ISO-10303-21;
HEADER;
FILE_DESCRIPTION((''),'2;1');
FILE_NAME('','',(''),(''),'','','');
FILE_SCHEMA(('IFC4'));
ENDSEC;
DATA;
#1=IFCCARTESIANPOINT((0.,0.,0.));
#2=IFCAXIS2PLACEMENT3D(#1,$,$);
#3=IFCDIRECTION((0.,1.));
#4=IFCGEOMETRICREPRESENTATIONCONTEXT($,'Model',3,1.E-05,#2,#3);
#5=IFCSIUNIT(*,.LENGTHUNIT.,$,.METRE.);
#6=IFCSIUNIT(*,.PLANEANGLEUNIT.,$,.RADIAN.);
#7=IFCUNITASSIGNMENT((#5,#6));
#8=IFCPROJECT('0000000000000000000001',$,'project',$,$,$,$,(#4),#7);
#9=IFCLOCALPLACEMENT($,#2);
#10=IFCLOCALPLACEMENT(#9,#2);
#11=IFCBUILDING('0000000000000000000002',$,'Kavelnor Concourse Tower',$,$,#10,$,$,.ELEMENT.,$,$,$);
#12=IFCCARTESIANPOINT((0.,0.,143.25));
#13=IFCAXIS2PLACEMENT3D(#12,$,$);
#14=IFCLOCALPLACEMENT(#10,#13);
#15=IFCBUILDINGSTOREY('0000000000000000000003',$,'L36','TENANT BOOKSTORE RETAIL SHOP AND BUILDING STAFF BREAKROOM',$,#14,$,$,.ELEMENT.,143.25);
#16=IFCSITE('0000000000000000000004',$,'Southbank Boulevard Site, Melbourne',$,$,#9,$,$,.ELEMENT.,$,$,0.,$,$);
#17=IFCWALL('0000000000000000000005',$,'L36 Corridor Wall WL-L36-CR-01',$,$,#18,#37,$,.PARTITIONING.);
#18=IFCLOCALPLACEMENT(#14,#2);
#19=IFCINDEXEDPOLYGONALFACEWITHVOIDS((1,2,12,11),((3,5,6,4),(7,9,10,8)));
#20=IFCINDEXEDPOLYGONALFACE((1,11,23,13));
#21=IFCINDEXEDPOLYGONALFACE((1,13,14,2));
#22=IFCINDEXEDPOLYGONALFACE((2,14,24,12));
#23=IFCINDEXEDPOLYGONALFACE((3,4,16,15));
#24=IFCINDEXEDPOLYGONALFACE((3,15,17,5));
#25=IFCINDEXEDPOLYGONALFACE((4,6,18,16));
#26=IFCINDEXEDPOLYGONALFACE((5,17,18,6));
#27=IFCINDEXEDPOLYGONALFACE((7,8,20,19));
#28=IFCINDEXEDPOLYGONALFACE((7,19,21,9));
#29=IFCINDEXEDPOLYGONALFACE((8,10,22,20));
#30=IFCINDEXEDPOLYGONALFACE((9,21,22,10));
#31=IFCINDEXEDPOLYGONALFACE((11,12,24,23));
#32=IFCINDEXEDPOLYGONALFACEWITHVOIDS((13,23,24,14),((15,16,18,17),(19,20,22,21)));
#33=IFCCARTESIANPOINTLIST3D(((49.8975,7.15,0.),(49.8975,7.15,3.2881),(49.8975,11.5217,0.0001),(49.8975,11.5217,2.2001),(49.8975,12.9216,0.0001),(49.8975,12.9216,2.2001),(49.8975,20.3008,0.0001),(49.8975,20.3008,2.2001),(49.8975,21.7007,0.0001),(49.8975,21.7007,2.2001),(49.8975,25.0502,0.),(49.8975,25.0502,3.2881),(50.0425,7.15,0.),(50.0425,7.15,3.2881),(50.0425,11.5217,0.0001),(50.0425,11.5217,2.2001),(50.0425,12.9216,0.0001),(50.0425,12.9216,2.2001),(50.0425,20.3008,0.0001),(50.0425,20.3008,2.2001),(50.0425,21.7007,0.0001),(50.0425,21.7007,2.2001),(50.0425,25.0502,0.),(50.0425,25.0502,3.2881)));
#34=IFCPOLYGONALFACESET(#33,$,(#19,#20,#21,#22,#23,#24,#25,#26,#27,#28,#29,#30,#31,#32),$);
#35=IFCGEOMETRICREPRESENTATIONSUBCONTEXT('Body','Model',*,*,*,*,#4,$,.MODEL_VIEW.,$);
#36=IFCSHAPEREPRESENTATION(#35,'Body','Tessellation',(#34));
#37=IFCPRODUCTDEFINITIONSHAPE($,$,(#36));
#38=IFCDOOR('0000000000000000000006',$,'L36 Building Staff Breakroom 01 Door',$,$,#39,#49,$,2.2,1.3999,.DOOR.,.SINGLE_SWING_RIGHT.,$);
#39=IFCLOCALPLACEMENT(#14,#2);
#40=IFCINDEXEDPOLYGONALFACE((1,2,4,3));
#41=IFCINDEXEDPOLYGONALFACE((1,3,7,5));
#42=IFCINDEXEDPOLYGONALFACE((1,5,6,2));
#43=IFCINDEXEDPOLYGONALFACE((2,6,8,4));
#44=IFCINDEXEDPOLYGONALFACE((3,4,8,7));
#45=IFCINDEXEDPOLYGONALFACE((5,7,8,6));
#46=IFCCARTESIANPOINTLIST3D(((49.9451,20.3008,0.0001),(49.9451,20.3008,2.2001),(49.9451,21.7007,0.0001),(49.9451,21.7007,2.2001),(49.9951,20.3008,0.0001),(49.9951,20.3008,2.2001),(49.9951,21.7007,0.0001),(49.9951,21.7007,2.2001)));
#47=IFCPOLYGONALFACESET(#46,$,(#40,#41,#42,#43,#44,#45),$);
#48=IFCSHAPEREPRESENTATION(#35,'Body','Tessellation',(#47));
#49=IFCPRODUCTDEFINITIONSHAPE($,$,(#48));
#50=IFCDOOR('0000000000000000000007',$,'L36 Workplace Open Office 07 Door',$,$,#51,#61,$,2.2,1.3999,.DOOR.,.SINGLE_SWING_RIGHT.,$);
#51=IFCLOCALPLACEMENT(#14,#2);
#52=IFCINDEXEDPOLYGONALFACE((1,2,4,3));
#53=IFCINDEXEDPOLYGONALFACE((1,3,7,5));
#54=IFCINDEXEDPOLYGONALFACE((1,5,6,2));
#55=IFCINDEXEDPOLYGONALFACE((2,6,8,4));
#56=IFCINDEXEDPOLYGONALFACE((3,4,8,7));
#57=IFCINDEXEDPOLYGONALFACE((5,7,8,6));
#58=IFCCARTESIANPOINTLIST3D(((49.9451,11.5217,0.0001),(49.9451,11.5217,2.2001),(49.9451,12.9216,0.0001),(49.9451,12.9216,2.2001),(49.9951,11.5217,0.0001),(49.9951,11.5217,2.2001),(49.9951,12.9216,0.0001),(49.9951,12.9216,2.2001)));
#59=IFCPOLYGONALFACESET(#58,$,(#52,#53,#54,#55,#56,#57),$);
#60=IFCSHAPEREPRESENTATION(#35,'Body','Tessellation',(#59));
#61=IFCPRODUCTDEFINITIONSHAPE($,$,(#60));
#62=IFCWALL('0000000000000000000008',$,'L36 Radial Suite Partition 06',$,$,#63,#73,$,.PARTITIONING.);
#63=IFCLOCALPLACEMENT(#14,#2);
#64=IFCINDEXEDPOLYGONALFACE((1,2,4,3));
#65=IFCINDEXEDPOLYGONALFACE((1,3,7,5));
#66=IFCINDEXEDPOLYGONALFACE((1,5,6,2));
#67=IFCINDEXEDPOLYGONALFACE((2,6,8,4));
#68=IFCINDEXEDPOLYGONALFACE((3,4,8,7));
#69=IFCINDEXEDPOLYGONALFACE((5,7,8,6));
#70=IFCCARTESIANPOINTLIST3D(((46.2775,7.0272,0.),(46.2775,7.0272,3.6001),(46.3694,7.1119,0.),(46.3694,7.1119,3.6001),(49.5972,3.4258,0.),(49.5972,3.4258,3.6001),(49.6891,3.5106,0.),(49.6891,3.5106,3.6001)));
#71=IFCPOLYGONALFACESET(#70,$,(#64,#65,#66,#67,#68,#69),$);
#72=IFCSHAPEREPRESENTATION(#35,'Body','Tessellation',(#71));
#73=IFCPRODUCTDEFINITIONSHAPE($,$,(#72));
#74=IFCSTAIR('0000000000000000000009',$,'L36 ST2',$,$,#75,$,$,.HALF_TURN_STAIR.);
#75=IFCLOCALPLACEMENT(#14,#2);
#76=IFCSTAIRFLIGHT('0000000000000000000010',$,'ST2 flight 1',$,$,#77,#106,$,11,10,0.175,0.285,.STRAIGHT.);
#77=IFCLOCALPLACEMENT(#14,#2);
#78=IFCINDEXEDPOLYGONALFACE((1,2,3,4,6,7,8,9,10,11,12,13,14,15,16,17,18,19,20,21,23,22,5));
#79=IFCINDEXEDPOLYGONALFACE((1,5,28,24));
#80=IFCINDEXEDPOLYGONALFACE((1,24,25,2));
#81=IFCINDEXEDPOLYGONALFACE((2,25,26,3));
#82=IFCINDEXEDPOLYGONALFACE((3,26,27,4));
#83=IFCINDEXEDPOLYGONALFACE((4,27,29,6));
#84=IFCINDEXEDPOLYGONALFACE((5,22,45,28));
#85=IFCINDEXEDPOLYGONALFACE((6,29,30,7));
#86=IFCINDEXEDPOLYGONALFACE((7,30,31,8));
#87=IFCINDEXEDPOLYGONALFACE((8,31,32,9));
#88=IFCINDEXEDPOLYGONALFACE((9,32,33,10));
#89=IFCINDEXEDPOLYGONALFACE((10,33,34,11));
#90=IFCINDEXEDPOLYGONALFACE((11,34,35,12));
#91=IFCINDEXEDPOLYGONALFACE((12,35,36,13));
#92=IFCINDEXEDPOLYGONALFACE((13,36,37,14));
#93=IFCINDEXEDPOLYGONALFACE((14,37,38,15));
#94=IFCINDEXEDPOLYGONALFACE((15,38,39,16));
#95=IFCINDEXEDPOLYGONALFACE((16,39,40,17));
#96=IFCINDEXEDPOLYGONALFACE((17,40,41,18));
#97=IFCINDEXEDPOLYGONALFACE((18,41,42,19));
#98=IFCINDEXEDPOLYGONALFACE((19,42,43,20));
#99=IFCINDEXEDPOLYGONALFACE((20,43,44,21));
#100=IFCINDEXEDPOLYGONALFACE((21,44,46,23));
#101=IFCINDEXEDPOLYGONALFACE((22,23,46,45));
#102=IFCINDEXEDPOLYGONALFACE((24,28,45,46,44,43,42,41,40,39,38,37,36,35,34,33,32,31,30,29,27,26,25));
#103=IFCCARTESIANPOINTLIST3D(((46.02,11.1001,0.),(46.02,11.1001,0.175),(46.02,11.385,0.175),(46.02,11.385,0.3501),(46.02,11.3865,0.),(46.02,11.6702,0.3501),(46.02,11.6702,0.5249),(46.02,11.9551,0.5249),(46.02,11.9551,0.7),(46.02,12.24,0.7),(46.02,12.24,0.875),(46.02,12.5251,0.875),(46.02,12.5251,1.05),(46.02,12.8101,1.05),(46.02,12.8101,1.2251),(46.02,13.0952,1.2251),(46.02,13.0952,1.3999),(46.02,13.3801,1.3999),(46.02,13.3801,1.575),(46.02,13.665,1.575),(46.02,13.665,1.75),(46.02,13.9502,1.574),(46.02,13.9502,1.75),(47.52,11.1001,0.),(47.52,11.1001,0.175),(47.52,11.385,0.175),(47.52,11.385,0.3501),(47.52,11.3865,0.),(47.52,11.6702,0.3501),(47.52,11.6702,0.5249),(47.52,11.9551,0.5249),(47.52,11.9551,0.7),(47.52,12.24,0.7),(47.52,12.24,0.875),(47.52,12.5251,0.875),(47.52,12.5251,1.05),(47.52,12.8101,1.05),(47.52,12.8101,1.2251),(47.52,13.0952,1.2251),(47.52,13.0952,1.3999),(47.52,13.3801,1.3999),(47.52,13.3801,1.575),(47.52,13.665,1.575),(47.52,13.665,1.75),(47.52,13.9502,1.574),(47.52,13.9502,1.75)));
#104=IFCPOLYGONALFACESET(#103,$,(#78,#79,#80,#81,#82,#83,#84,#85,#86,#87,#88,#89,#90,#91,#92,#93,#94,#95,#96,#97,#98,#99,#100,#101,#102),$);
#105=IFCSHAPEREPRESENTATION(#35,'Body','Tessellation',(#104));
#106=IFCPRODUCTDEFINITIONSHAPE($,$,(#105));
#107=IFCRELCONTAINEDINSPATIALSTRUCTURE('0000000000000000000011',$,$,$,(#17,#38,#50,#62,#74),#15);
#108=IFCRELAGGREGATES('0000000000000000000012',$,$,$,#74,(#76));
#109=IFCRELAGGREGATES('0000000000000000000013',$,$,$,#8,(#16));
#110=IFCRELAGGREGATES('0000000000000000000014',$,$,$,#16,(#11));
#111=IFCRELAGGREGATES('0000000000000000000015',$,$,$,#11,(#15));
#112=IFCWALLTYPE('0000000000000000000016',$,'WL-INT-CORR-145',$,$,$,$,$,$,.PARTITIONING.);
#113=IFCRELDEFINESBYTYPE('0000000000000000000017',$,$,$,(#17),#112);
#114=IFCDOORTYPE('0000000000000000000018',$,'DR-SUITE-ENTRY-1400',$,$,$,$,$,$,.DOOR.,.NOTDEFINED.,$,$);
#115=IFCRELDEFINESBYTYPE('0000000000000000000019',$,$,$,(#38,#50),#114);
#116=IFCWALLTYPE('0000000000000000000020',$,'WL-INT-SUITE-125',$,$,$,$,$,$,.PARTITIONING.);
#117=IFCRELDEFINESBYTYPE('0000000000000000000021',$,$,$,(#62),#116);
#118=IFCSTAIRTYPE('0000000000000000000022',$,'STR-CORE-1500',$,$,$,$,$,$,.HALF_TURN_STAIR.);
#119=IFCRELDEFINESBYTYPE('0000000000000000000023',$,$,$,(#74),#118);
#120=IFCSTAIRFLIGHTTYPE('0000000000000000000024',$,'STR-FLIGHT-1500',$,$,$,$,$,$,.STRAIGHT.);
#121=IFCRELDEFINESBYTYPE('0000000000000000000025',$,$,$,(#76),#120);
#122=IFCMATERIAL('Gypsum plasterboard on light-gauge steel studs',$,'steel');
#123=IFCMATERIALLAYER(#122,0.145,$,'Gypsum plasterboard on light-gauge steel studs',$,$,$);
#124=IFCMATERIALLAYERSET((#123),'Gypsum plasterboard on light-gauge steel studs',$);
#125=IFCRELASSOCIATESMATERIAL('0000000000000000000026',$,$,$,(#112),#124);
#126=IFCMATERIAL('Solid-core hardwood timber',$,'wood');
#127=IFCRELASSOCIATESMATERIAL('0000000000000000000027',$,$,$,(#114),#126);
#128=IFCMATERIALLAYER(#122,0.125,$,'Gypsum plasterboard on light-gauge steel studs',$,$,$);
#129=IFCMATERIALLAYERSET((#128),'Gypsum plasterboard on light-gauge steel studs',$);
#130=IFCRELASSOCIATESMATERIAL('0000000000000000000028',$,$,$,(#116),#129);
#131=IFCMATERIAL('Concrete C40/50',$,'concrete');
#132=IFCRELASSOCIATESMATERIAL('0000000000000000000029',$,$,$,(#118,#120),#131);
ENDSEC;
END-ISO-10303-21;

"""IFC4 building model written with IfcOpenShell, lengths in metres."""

from ifc_helpers import new_model, si_unit, direction, frame, frame_2d, origin, place, context, subcontext, project, spatial, polyline, rectangle, outline, extrude, material, layer, layer_set, type_object, element, fill, aggregate, save


model = new_model("IFC4")

# Units and contexts
model_context = context("Model", 3, precision=1e-05, world=origin(), true_north=direction((0.0, 1.0)))
body_context = subcontext(model_context, "Body", "Model", "MODEL_VIEW")
ifc_project = project(units=[si_unit("LENGTHUNIT", "METRE"), si_unit("PLANEANGLEUNIT", "RADIAN")], contexts=[model_context])

# Site, building, storey
site_placement = place(None, origin())
site = spatial("IfcSite", under=ifc_project, at=site_placement, Name="Southbank Boulevard Site, Melbourne", CompositionType="ELEMENT", RefElevation=0.0)
building_placement = place(site_placement, origin())
building = spatial("IfcBuilding", under=site, at=building_placement, Name="Kavelnor Concourse Tower", CompositionType="ELEMENT")
storey_placement = place(building_placement, frame((0.0, 0.0, 143.25)))
storey = spatial("IfcBuildingStorey", under=building, at=storey_placement, Name="L36", Description="TENANT BOOKSTORE RETAIL SHOP AND BUILDING STAFF BREAKROOM", CompositionType="ELEMENT", Elevation=143.25)

# Wall, openings, doors
ifc_material_1 = material(Name="Gypsum plasterboard on light-gauge steel studs", Category="steel")
ifc_layer_1 = layer(ifc_material_1, 0.145, Name="Gypsum plasterboard on light-gauge steel studs")
ifc_layer_set_1 = layer_set([ifc_layer_1], Name="Gypsum plasterboard on light-gauge steel studs")
wall_type_1 = type_object("IfcWallType", Name="WL-INT-CORR-145", PredefinedType="PARTITIONING", material=ifc_layer_set_1)
wall_1_placement = place(storey_placement, frame((49.97, 7.1499, 0.0), z_axis=(0.0, 0.0, 1.0), x_axis=(0.0, 1.0, 0.0)))
wall_1 = element("IfcWall", 1, at=wall_1_placement, inside=storey, type_object=wall_type_1, Name="L36 Corridor Wall WL-L36-CR-01", PredefinedType="PARTITIONING", context=body_context, shape_type="SweptSolid", body=[
    extrude(rectangle(XDim=17.9001, YDim=0.145, at=frame_2d((8.9502, 0.0))), origin(), (0.0, 0.0, 1.0), 3.2881),
])
opening_1_placement = place(wall_1_placement, frame((13.1509, 0.0, 0.0)))
opening_1 = element("IfcOpeningElement", 2, at=opening_1_placement, cuts=wall_1, PredefinedType="OPENING", context=body_context, shape_type="SweptSolid", body=[
    extrude(rectangle(XDim=1.3999, YDim=2.2, at=frame_2d((0.7, 1.1001))), frame((0.0, 0.0825, 0.0), z_axis=(0.0, -1.0, 0.0), x_axis=(1.0, 0.0, 0.0)), (0.0, 0.0, 1.0), 0.165),
])
opening_2_placement = place(wall_1_placement, frame((4.3718, 0.0, 0.0)))
opening_2 = element("IfcOpeningElement", 3, at=opening_2_placement, cuts=wall_1, PredefinedType="OPENING", context=body_context, shape_type="SweptSolid", body=[
    extrude(rectangle(XDim=1.3999, YDim=2.2, at=frame_2d((0.7, 1.1001))), frame((0.0, 0.0825, 0.0), z_axis=(0.0, -1.0, 0.0), x_axis=(1.0, 0.0, 0.0)), (0.0, 0.0, 1.0), 0.165),
])
ifc_material_2 = material(Name="Solid-core hardwood timber", Category="wood")
door_type_1 = type_object("IfcDoorType", Name="DR-SUITE-ENTRY-1400", OperationType="NOTDEFINED", PredefinedType="DOOR", material=ifc_material_2)
door_1_placement = place(opening_1_placement, origin())
door_1 = element("IfcDoor", 4, at=door_1_placement, inside=storey, type_object=door_type_1, Name="L36 Building Staff Breakroom 01 Door", OperationType="SINGLE_SWING_RIGHT", OverallHeight=2.2, OverallWidth=1.3999, PredefinedType="DOOR", context=body_context, shape_type="SweptSolid", body=[
    extrude(rectangle(XDim=1.3999, YDim=2.2, at=frame_2d((0.7, 1.1001))), frame((0.0, 0.0249, 0.0), z_axis=(0.0, -1.0, 0.0), x_axis=(1.0, 0.0, 0.0)), (0.0, 0.0, 1.0), 0.05),
])
fill(opening_1, door_1)
door_2_placement = place(opening_2_placement, origin())
door_2 = element("IfcDoor", 5, at=door_2_placement, inside=storey, type_object=door_type_1, Name="L36 Workplace Open Office 07 Door", OperationType="SINGLE_SWING_RIGHT", OverallHeight=2.2, OverallWidth=1.3999, PredefinedType="DOOR", context=body_context, shape_type="SweptSolid", body=[
    extrude(rectangle(XDim=1.3999, YDim=2.2, at=frame_2d((0.7, 1.1001))), frame((0.0, 0.0249, 0.0), z_axis=(0.0, -1.0, 0.0), x_axis=(1.0, 0.0, 0.0)), (0.0, 0.0, 1.0), 0.05),
])
fill(opening_2, door_2)

# Wall
ifc_layer_2 = layer(ifc_material_1, 0.125, Name="Gypsum plasterboard on light-gauge steel studs")
ifc_layer_set_2 = layer_set([ifc_layer_2], Name="Gypsum plasterboard on light-gauge steel studs")
wall_type_2 = type_object("IfcWallType", Name="WL-INT-SUITE-125", PredefinedType="PARTITIONING", material=ifc_layer_set_2)
wall_2_placement = place(storey_placement, frame((46.3235, 7.0696, 0.0), z_axis=(0.0, 0.0, 1.0), x_axis=(0.67776, -0.735283, 0.0)))
element("IfcWall", 6, at=wall_2_placement, inside=storey, type_object=wall_type_2, Name="L36 Radial Suite Partition 06", PredefinedType="PARTITIONING", context=body_context, shape_type="SweptSolid", body=[
    extrude(rectangle(XDim=4.8979, YDim=0.125, at=frame_2d((2.449, 0.0))), origin(), (0.0, 0.0, 1.0), 3.6001),
])

# Stair, stair flight
ifc_material_3 = material(Name="Concrete C40/50", Category="concrete")
stair_type = type_object("IfcStairType", Name="STR-CORE-1500", PredefinedType="HALF_TURN_STAIR", material=ifc_material_3)
stair_placement = place(storey_placement, origin())
stair = element("IfcStair", 7, at=stair_placement, inside=storey, type_object=stair_type, Name="L36 ST2", PredefinedType="HALF_TURN_STAIR")
stair_flight_type = type_object("IfcStairFlightType", Name="STR-FLIGHT-1500", PredefinedType="STRAIGHT", material=ifc_material_3)
stair_flight_placement = place(storey_placement, frame((46.77, 11.1001, 0.0), z_axis=(0.0, 0.0, 1.0), x_axis=(0.0, 1.0, 0.0)))
stair_flight = element("IfcStairFlight", 8, at=stair_flight_placement, type_object=stair_flight_type, Name="ST2 flight 1", NumberOfRisers=11, NumberOfTreads=10, PredefinedType="STRAIGHT", RiserHeight=0.175, TreadLength=0.285, context=body_context, shape_type="SweptSolid", body=[
    extrude(outline(polyline([(0.0, 0.0), (0.0, 0.175), (0.2849, 0.175), (0.2849, 0.3501), (0.5701, 0.3501), (0.5701, 0.5249), (0.855, 0.5249), (0.855, 0.7), (1.1399, 0.7), (1.1399, 0.875), (1.425, 0.875), (1.425, 1.05), (1.71, 1.05), (1.71, 1.2251), (1.9951, 1.2251), (1.9951, 1.3999), (2.28, 1.3999), (2.28, 1.575), (2.5649, 1.575), (2.5649, 1.75), (2.8501, 1.75), (2.8501, 1.925), (2.8501, 1.574), (0.2864, 0.0), (0.0, 0.0)])), frame((0.0, 0.75, 0.0), z_axis=(0.0, -1.0, 0.0), x_axis=(1.0, 0.0, 0.0)), (0.0, 0.0, 1.0), 1.5),
])
aggregate(stair, [stair_flight])

save(model, "model.ifc")
